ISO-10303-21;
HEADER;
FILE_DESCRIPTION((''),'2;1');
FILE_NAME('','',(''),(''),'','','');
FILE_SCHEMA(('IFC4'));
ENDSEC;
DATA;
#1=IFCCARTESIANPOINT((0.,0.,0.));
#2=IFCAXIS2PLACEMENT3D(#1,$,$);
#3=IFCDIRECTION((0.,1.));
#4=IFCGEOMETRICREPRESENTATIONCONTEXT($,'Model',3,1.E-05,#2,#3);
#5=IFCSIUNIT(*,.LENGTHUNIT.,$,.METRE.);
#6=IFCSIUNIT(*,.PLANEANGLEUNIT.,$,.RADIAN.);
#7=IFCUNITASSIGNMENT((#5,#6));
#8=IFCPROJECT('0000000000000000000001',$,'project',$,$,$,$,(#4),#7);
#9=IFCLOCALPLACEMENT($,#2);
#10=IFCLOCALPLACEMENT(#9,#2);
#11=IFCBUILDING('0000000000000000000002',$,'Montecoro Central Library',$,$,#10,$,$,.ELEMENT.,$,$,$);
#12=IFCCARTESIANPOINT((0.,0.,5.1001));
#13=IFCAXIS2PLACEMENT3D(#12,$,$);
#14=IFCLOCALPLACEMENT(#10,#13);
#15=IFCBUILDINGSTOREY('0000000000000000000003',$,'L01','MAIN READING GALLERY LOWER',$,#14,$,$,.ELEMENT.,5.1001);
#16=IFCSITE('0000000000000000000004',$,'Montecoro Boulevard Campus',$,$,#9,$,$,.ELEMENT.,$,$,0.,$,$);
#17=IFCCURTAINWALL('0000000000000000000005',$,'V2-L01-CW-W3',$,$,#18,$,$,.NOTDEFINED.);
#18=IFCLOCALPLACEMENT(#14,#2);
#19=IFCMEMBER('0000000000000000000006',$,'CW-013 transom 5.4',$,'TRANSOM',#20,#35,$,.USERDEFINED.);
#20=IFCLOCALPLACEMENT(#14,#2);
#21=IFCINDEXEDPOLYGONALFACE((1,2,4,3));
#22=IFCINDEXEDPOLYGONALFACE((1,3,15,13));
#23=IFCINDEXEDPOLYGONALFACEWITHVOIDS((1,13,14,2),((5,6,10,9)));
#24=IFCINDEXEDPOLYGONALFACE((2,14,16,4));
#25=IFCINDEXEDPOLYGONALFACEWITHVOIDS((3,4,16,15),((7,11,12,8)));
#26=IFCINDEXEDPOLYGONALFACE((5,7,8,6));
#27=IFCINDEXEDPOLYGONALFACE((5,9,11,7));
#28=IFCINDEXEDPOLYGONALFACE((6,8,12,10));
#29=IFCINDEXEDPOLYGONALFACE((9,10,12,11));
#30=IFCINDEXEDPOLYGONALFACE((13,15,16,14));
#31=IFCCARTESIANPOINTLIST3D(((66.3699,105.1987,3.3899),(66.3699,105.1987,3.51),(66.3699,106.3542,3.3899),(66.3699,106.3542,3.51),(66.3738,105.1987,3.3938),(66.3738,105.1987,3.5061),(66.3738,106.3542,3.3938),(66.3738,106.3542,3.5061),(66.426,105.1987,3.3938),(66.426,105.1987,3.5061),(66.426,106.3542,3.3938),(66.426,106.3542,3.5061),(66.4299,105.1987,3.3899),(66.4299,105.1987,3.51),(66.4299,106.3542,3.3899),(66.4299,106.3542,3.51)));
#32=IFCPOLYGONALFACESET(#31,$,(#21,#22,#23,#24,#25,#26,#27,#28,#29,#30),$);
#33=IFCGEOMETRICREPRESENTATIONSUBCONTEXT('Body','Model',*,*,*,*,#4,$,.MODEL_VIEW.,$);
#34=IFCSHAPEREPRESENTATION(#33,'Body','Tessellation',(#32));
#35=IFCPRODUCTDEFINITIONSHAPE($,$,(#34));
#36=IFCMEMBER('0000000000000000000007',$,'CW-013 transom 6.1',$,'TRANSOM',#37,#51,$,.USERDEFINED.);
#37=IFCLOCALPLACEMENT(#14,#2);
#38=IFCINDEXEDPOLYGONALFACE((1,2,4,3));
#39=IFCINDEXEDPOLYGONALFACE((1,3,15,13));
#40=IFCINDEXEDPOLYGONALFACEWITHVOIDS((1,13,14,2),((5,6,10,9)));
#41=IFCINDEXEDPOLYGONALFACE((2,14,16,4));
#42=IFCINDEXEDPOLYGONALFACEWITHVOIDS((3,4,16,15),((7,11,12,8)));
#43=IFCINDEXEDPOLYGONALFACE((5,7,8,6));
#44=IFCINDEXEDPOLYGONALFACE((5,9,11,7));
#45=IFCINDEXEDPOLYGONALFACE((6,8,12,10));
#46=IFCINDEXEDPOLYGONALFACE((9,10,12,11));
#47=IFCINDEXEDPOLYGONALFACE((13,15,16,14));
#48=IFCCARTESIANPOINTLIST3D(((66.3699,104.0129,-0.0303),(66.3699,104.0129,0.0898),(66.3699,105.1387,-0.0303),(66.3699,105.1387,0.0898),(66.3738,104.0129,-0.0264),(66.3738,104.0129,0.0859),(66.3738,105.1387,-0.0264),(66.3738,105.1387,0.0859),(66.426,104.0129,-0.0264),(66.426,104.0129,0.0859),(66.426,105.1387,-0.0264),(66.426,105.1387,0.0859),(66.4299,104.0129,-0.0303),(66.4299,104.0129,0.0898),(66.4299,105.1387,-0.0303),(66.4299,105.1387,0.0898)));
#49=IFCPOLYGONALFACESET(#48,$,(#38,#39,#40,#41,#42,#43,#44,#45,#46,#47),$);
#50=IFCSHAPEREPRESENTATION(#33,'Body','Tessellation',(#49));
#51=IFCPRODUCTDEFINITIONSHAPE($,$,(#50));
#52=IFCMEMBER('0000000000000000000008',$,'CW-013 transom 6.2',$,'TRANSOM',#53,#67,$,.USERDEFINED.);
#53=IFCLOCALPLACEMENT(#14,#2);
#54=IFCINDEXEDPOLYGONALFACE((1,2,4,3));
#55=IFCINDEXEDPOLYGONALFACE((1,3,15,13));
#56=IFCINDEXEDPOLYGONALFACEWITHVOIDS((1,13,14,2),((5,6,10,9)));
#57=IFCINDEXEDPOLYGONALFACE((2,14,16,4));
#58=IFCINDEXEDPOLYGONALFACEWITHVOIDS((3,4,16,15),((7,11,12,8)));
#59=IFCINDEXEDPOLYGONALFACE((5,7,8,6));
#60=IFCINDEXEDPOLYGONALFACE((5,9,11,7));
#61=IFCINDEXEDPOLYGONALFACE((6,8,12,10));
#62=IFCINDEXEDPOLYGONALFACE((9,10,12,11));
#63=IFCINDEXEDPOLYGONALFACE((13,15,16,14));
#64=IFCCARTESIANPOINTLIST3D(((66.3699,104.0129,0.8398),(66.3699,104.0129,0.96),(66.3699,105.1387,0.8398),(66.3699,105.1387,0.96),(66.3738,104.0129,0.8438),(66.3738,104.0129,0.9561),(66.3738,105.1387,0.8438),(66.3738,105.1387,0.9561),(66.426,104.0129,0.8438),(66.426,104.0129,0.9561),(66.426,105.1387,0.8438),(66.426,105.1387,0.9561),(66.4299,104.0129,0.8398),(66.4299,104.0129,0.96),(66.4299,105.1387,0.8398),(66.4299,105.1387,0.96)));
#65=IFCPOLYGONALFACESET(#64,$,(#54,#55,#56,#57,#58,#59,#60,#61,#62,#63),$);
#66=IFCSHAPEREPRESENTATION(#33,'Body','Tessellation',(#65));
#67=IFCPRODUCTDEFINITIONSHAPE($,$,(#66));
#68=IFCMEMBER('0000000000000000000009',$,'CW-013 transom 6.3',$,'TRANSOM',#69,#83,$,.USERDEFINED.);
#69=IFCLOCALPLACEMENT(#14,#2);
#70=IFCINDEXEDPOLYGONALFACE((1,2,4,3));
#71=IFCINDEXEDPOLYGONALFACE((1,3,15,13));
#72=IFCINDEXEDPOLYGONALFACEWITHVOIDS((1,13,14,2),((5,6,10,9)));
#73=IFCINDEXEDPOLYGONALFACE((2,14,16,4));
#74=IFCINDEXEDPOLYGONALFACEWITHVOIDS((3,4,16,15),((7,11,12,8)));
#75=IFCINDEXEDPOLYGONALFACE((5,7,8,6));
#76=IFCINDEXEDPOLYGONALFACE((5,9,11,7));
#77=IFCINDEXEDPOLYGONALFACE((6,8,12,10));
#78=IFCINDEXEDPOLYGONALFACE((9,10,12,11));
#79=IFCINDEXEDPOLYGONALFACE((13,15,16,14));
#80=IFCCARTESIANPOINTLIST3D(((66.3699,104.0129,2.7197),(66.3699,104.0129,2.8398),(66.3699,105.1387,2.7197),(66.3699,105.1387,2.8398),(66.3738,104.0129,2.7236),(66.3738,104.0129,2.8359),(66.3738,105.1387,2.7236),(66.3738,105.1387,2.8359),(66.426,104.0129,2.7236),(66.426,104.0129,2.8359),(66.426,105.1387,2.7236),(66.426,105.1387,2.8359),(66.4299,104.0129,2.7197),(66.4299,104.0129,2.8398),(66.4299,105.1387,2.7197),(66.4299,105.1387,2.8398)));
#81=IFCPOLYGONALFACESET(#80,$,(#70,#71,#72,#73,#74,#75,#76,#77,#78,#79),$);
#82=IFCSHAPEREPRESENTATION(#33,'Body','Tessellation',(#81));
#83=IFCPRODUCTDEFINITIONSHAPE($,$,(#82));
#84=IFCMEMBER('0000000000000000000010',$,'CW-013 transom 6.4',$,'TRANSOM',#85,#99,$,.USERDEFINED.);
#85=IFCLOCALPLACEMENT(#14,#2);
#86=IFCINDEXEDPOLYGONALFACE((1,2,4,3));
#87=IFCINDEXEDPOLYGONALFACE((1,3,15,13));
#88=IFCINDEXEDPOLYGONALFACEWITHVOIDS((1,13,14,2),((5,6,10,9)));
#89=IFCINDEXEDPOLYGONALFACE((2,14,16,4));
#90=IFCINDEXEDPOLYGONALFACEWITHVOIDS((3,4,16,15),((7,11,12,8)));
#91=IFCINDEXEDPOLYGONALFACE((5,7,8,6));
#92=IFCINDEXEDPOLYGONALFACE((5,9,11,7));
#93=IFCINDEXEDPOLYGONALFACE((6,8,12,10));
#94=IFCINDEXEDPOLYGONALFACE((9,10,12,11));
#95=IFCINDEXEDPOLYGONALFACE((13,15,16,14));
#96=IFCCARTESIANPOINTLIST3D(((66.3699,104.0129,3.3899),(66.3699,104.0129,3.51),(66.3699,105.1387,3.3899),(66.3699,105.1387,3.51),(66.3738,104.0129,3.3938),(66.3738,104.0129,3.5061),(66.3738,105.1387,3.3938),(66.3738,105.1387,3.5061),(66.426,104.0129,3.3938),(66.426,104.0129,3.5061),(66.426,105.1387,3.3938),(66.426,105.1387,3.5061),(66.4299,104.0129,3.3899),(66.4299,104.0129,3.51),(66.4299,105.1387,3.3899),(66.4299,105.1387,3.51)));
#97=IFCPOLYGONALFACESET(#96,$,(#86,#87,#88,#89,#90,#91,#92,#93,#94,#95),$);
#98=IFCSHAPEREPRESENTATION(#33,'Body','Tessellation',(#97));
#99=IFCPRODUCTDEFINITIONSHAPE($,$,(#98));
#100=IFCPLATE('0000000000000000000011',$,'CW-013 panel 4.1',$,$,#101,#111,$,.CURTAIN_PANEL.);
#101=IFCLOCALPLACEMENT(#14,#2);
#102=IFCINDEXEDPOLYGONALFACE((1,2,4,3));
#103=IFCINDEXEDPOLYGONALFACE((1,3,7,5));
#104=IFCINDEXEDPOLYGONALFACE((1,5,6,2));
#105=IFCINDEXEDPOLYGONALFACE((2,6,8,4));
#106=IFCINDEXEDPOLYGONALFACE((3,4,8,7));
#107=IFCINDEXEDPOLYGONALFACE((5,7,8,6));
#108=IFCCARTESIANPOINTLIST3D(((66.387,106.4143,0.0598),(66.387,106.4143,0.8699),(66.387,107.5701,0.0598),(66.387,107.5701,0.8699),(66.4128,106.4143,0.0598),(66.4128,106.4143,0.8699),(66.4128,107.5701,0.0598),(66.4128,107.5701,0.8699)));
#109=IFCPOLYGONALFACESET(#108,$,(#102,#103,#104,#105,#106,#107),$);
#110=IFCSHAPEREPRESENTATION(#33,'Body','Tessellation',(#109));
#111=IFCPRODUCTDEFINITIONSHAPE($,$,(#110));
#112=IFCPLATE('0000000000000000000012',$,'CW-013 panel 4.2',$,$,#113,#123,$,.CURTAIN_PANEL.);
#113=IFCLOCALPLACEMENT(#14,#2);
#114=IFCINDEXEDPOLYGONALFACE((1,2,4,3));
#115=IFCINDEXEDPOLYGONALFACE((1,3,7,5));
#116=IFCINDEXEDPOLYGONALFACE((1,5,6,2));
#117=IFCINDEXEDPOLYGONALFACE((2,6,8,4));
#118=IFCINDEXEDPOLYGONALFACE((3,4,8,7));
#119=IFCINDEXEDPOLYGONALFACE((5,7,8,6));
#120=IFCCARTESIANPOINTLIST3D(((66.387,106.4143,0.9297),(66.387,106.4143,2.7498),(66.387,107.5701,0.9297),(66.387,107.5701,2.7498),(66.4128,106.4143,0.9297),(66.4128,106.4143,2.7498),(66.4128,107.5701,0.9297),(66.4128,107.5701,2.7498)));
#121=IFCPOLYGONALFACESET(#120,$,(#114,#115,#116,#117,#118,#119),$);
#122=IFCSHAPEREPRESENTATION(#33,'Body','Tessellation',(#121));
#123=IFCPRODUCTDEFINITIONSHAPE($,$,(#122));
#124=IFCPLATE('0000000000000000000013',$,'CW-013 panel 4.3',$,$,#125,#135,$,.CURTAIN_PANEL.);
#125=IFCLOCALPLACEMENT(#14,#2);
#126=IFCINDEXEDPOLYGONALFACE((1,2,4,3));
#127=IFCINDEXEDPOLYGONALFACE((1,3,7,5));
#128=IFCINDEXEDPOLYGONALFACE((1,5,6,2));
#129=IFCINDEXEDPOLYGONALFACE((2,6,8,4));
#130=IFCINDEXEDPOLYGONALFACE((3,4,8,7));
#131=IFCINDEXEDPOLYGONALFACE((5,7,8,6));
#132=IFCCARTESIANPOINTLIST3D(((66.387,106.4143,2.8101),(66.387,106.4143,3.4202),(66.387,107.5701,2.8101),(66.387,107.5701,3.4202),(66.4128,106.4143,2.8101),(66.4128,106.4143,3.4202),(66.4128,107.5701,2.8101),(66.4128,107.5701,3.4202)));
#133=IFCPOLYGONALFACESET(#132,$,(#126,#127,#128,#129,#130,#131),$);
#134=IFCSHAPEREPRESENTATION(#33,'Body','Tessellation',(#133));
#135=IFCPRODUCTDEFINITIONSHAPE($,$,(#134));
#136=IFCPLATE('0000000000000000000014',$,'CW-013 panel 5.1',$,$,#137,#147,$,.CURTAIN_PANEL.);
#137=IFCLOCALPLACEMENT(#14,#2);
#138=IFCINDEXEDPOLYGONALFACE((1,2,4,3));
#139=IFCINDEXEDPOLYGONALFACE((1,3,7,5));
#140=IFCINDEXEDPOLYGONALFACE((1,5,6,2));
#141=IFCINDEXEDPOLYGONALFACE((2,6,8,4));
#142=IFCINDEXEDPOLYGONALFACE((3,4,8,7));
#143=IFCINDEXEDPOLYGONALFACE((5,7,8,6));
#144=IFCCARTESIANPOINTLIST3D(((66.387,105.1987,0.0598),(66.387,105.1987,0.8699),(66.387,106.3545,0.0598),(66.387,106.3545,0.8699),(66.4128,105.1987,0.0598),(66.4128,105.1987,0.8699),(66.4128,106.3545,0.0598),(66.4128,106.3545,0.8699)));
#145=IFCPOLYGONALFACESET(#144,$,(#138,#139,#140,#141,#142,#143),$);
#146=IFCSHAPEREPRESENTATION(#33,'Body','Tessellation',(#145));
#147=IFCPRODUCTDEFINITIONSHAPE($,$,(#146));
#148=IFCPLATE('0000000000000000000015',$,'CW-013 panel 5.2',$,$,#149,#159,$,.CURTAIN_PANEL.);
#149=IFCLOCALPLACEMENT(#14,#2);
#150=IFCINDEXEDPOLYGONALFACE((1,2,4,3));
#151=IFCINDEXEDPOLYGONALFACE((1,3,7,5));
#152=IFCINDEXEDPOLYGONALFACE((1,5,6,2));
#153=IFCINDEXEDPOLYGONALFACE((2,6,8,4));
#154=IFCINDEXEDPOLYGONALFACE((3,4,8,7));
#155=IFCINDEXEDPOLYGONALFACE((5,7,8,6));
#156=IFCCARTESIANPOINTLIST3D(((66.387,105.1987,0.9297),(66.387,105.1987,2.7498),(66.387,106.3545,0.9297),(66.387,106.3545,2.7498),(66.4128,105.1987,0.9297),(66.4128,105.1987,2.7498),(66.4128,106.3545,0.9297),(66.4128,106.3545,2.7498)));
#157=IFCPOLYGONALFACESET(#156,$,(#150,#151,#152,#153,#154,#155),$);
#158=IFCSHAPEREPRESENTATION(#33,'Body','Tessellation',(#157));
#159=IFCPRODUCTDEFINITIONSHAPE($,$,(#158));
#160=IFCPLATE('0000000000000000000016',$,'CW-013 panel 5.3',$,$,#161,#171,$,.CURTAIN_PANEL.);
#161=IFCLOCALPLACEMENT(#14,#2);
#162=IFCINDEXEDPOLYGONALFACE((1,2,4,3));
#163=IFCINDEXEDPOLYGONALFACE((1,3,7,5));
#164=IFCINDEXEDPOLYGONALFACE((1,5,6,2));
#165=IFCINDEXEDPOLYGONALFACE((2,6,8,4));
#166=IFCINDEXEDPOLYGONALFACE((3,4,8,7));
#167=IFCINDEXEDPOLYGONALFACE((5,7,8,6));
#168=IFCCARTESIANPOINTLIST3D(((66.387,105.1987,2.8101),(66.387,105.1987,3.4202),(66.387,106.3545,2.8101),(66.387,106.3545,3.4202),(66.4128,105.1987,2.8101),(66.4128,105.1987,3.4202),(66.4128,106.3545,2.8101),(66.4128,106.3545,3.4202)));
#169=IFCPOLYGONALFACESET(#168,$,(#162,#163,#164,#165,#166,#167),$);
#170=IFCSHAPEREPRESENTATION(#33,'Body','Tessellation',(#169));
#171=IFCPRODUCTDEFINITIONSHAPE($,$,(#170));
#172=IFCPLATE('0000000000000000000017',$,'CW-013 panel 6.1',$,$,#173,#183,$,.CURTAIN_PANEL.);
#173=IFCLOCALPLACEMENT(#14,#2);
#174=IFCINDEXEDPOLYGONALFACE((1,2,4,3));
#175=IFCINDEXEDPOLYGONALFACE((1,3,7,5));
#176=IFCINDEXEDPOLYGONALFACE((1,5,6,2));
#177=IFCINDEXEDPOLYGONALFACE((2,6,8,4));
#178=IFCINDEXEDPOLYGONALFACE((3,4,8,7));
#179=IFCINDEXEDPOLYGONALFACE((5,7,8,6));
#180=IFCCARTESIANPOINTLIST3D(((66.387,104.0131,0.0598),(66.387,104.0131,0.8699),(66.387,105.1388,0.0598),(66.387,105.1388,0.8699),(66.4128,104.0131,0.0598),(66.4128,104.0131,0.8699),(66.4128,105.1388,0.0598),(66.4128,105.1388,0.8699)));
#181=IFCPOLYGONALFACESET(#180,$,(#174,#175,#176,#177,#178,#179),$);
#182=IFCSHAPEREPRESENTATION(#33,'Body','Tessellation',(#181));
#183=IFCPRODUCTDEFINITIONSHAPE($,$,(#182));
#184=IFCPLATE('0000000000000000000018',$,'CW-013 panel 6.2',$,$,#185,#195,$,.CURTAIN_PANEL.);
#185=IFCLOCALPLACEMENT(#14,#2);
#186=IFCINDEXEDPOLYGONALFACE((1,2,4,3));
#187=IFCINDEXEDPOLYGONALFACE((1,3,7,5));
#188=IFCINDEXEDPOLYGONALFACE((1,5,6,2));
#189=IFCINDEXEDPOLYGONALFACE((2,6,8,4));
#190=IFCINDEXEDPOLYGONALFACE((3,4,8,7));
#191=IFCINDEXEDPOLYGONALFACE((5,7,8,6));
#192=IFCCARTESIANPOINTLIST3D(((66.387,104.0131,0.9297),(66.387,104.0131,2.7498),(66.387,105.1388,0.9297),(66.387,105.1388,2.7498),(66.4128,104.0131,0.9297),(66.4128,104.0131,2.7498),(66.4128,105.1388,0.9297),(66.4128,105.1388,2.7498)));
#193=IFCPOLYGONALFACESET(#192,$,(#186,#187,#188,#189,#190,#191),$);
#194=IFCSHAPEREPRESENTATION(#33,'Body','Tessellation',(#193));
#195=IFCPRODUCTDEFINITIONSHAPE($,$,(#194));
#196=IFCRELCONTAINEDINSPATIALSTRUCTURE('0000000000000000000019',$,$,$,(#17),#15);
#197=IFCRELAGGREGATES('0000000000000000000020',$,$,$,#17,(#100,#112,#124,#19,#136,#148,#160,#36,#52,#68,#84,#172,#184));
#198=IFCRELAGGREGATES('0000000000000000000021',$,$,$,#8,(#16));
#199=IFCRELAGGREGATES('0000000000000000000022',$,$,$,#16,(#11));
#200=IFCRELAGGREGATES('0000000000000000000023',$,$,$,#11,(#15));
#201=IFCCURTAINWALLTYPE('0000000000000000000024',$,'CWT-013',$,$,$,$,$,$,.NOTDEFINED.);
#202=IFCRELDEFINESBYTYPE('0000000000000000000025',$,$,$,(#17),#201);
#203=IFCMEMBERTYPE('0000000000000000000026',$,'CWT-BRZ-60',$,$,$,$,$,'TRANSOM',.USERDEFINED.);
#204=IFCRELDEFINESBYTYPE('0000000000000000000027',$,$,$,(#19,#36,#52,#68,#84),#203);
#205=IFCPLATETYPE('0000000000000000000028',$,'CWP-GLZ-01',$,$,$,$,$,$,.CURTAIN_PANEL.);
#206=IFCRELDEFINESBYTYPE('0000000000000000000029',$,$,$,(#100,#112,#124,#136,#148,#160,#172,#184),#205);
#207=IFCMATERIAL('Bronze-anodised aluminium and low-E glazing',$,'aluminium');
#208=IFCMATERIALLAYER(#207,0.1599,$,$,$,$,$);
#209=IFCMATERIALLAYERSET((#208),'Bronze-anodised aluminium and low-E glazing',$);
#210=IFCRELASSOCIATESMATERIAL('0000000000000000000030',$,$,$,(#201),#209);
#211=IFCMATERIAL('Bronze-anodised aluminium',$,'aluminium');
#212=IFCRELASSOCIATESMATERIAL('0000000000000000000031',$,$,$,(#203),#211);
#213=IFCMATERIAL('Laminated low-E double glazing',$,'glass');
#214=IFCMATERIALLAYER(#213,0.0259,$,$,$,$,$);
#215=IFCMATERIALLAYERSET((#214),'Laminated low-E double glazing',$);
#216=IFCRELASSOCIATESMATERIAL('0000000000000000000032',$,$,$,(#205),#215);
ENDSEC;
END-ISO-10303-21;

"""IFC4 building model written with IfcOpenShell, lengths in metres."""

from ifc_helpers import new_model, si_unit, direction, frame, origin, origin_2d, place, context, subcontext, project, spatial, rectangle, hollow_rectangle, extrude, material, layer, layer_set, material_profile, profile_set, type_object, element, aggregate, save


model = new_model("IFC4")

# Units and contexts
model_context = context("Model", 3, precision=1e-05, world=origin(), true_north=direction((0.0, 1.0)))
body_context = subcontext(model_context, "Body", "Model", "MODEL_VIEW")
ifc_project = project(units=[si_unit("LENGTHUNIT", "METRE"), si_unit("PLANEANGLEUNIT", "RADIAN")], contexts=[model_context])

# Site, building, storey
site_placement = place(None, origin())
site = spatial("IfcSite", under=ifc_project, at=site_placement, Name="Montecoro Boulevard Campus", CompositionType="ELEMENT", RefElevation=0.0)
building_placement = place(site_placement, origin())
building = spatial("IfcBuilding", under=site, at=building_placement, Name="Montecoro Central Library", CompositionType="ELEMENT")
storey_placement = place(building_placement, frame((0.0, 0.0, 5.1001)))
storey = spatial("IfcBuildingStorey", under=building, at=storey_placement, Name="L01", Description="MAIN READING GALLERY LOWER", CompositionType="ELEMENT", Elevation=5.1001)

# Curtain wall, members, plates
ifc_material_1 = material(Name="Bronze-anodised aluminium and low-E glazing", Category="aluminium")
ifc_layer_1 = layer(ifc_material_1, 0.1599)
ifc_layer_set_1 = layer_set([ifc_layer_1], Name="Bronze-anodised aluminium and low-E glazing")
curtain_wall_type = type_object("IfcCurtainWallType", Name="CWT-013", PredefinedType="NOTDEFINED", material=ifc_layer_set_1)
curtain_wall_placement = place(storey_placement, origin())
curtain_wall = element("IfcCurtainWall", 1, at=curtain_wall_placement, inside=storey, type_object=curtain_wall_type, Name="V2-L01-CW-W3", PredefinedType="NOTDEFINED")
ifc_material_2 = material(Name="Bronze-anodised aluminium", Category="aluminium")
ifc_material_profile_1 = material_profile(ifc_material_2, hollow_rectangle(XDim=0.0601, YDim=0.1201, WallThickness=0.0039, at=origin_2d()), Name="CWT 120x60x4.0")
ifc_profile_set_1 = profile_set([ifc_material_profile_1], Name="Bronze-anodised aluminium")
member_type_1 = type_object("IfcMemberType", Name="CWT-BRZ-60", ElementType="TRANSOM", PredefinedType="USERDEFINED", material=ifc_profile_set_1)
member_1_placement = place(storey_placement, frame((66.3999, 106.3542, 3.45), z_axis=(0.0, -1.0, 0.0), x_axis=(1.0, 0.0, 0.0)))
member_1 = element("IfcMember", 2, at=member_1_placement, type_object=member_type_1, Name="CW-013 transom 5.4", ObjectType="TRANSOM", PredefinedType="USERDEFINED", context=body_context, shape_type="SweptSolid", body=[
    extrude(hollow_rectangle(XDim=0.0601, YDim=0.1201, WallThickness=0.0039, at=origin_2d()), origin(), (0.0, 0.0, 1.0), 1.1555),
])
member_2_placement = place(storey_placement, frame((66.3999, 105.1387, 0.0298), z_axis=(0.0, -1.0, 0.0), x_axis=(1.0, 0.0, 0.0)))
member_2 = element("IfcMember", 3, at=member_2_placement, type_object=member_type_1, Name="CW-013 transom 6.1", ObjectType="TRANSOM", PredefinedType="USERDEFINED", context=body_context, shape_type="SweptSolid", body=[
    extrude(hollow_rectangle(XDim=0.0601, YDim=0.1201, WallThickness=0.0039, at=origin_2d()), origin(), (0.0, 0.0, 1.0), 1.1257),
])
member_3_placement = place(storey_placement, frame((66.3999, 105.1387, 0.8999), z_axis=(0.0, -1.0, 0.0), x_axis=(1.0, 0.0, 0.0)))
member_3 = element("IfcMember", 4, at=member_3_placement, type_object=member_type_1, Name="CW-013 transom 6.2", ObjectType="TRANSOM", PredefinedType="USERDEFINED", context=body_context, shape_type="SweptSolid", body=[
    extrude(hollow_rectangle(XDim=0.0601, YDim=0.1201, WallThickness=0.0039, at=origin_2d()), origin(), (0.0, 0.0, 1.0), 1.1257),
])
member_4_placement = place(storey_placement, frame((66.3999, 105.1387, 2.7798), z_axis=(0.0, -1.0, 0.0), x_axis=(1.0, 0.0, 0.0)))
member_4 = element("IfcMember", 5, at=member_4_placement, type_object=member_type_1, Name="CW-013 transom 6.3", ObjectType="TRANSOM", PredefinedType="USERDEFINED", context=body_context, shape_type="SweptSolid", body=[
    extrude(hollow_rectangle(XDim=0.0601, YDim=0.1201, WallThickness=0.0039, at=origin_2d()), origin(), (0.0, 0.0, 1.0), 1.1257),
])
member_5_placement = place(storey_placement, frame((66.3999, 105.1387, 3.45), z_axis=(0.0, -1.0, 0.0), x_axis=(1.0, 0.0, 0.0)))
member_5 = element("IfcMember", 6, at=member_5_placement, type_object=member_type_1, Name="CW-013 transom 6.4", ObjectType="TRANSOM", PredefinedType="USERDEFINED", context=body_context, shape_type="SweptSolid", body=[
    extrude(hollow_rectangle(XDim=0.0601, YDim=0.1201, WallThickness=0.0039, at=origin_2d()), origin(), (0.0, 0.0, 1.0), 1.1257),
])
ifc_material_3 = material(Name="Laminated low-E double glazing", Category="glass")
ifc_layer_2 = layer(ifc_material_3, 0.0259)
ifc_layer_set_2 = layer_set([ifc_layer_2], Name="Laminated low-E double glazing")
plate_type = type_object("IfcPlateType", Name="CWP-GLZ-01", PredefinedType="CURTAIN_PANEL", material=ifc_layer_set_2)
plate_1_placement = place(storey_placement, frame((66.3999, 106.9922, 0.0598), z_axis=(0.0, 0.0, 1.0), x_axis=(0.0, -1.0, 0.0)))
plate_1 = element("IfcPlate", 7, at=plate_1_placement, type_object=plate_type, Name="CW-013 panel 4.1", PredefinedType="CURTAIN_PANEL", context=body_context, shape_type="SweptSolid", body=[
    extrude(rectangle(XDim=1.1558, YDim=0.0259, at=origin_2d()), origin(), (0.0, 0.0, 1.0), 0.8101),
])
plate_2_placement = place(storey_placement, frame((66.3999, 106.9922, 0.9297), z_axis=(0.0, 0.0, 1.0), x_axis=(0.0, -1.0, 0.0)))
plate_2 = element("IfcPlate", 8, at=plate_2_placement, type_object=plate_type, Name="CW-013 panel 4.2", PredefinedType="CURTAIN_PANEL", context=body_context, shape_type="SweptSolid", body=[
    extrude(rectangle(XDim=1.1558, YDim=0.0259, at=origin_2d()), origin(), (0.0, 0.0, 1.0), 1.8201),
])
plate_3_placement = place(storey_placement, frame((66.3999, 106.9922, 2.8101), z_axis=(0.0, 0.0, 1.0), x_axis=(0.0, -1.0, 0.0)))
plate_3 = element("IfcPlate", 9, at=plate_3_placement, type_object=plate_type, Name="CW-013 panel 4.3", PredefinedType="CURTAIN_PANEL", context=body_context, shape_type="SweptSolid", body=[
    extrude(rectangle(XDim=1.1558, YDim=0.0259, at=origin_2d()), origin(), (0.0, 0.0, 1.0), 0.6101),
])
plate_4_placement = place(storey_placement, frame((66.3999, 105.7766, 0.0598), z_axis=(0.0, 0.0, 1.0), x_axis=(0.0, -1.0, 0.0)))
plate_4 = element("IfcPlate", 10, at=plate_4_placement, type_object=plate_type, Name="CW-013 panel 5.1", PredefinedType="CURTAIN_PANEL", context=body_context, shape_type="SweptSolid", body=[
    extrude(rectangle(XDim=1.1558, YDim=0.0259, at=origin_2d()), origin(), (0.0, 0.0, 1.0), 0.8101),
])
plate_5_placement = place(storey_placement, frame((66.3999, 105.7766, 0.9297), z_axis=(0.0, 0.0, 1.0), x_axis=(0.0, -1.0, 0.0)))
plate_5 = element("IfcPlate", 11, at=plate_5_placement, type_object=plate_type, Name="CW-013 panel 5.2", PredefinedType="CURTAIN_PANEL", context=body_context, shape_type="SweptSolid", body=[
    extrude(rectangle(XDim=1.1558, YDim=0.0259, at=origin_2d()), origin(), (0.0, 0.0, 1.0), 1.8201),
])
plate_6_placement = place(storey_placement, frame((66.3999, 105.7766, 2.8101), z_axis=(0.0, 0.0, 1.0), x_axis=(0.0, -1.0, 0.0)))
plate_6 = element("IfcPlate", 12, at=plate_6_placement, type_object=plate_type, Name="CW-013 panel 5.3", PredefinedType="CURTAIN_PANEL", context=body_context, shape_type="SweptSolid", body=[
    extrude(rectangle(XDim=1.1558, YDim=0.0259, at=origin_2d()), origin(), (0.0, 0.0, 1.0), 0.6101),
])
plate_7_placement = place(storey_placement, frame((66.3999, 104.5759, 0.0598), z_axis=(0.0, 0.0, 1.0), x_axis=(0.0, -1.0, 0.0)))
plate_7 = element("IfcPlate", 13, at=plate_7_placement, type_object=plate_type, Name="CW-013 panel 6.1", PredefinedType="CURTAIN_PANEL", context=body_context, shape_type="SweptSolid", body=[
    extrude(rectangle(XDim=1.1257, YDim=0.0259, at=origin_2d()), origin(), (0.0, 0.0, 1.0), 0.8101),
])
plate_8_placement = place(storey_placement, frame((66.3999, 104.5759, 0.9297), z_axis=(0.0, 0.0, 1.0), x_axis=(0.0, -1.0, 0.0)))
plate_8 = element("IfcPlate", 14, at=plate_8_placement, type_object=plate_type, Name="CW-013 panel 6.2", PredefinedType="CURTAIN_PANEL", context=body_context, shape_type="SweptSolid", body=[
    extrude(rectangle(XDim=1.1257, YDim=0.0259, at=origin_2d()), origin(), (0.0, 0.0, 1.0), 1.8201),
])
aggregate(curtain_wall, [plate_1, plate_2, plate_3, member_1, plate_4, plate_5, plate_6, member_2, member_3, member_4, member_5, plate_7, plate_8])

save(model, "model.ifc")
